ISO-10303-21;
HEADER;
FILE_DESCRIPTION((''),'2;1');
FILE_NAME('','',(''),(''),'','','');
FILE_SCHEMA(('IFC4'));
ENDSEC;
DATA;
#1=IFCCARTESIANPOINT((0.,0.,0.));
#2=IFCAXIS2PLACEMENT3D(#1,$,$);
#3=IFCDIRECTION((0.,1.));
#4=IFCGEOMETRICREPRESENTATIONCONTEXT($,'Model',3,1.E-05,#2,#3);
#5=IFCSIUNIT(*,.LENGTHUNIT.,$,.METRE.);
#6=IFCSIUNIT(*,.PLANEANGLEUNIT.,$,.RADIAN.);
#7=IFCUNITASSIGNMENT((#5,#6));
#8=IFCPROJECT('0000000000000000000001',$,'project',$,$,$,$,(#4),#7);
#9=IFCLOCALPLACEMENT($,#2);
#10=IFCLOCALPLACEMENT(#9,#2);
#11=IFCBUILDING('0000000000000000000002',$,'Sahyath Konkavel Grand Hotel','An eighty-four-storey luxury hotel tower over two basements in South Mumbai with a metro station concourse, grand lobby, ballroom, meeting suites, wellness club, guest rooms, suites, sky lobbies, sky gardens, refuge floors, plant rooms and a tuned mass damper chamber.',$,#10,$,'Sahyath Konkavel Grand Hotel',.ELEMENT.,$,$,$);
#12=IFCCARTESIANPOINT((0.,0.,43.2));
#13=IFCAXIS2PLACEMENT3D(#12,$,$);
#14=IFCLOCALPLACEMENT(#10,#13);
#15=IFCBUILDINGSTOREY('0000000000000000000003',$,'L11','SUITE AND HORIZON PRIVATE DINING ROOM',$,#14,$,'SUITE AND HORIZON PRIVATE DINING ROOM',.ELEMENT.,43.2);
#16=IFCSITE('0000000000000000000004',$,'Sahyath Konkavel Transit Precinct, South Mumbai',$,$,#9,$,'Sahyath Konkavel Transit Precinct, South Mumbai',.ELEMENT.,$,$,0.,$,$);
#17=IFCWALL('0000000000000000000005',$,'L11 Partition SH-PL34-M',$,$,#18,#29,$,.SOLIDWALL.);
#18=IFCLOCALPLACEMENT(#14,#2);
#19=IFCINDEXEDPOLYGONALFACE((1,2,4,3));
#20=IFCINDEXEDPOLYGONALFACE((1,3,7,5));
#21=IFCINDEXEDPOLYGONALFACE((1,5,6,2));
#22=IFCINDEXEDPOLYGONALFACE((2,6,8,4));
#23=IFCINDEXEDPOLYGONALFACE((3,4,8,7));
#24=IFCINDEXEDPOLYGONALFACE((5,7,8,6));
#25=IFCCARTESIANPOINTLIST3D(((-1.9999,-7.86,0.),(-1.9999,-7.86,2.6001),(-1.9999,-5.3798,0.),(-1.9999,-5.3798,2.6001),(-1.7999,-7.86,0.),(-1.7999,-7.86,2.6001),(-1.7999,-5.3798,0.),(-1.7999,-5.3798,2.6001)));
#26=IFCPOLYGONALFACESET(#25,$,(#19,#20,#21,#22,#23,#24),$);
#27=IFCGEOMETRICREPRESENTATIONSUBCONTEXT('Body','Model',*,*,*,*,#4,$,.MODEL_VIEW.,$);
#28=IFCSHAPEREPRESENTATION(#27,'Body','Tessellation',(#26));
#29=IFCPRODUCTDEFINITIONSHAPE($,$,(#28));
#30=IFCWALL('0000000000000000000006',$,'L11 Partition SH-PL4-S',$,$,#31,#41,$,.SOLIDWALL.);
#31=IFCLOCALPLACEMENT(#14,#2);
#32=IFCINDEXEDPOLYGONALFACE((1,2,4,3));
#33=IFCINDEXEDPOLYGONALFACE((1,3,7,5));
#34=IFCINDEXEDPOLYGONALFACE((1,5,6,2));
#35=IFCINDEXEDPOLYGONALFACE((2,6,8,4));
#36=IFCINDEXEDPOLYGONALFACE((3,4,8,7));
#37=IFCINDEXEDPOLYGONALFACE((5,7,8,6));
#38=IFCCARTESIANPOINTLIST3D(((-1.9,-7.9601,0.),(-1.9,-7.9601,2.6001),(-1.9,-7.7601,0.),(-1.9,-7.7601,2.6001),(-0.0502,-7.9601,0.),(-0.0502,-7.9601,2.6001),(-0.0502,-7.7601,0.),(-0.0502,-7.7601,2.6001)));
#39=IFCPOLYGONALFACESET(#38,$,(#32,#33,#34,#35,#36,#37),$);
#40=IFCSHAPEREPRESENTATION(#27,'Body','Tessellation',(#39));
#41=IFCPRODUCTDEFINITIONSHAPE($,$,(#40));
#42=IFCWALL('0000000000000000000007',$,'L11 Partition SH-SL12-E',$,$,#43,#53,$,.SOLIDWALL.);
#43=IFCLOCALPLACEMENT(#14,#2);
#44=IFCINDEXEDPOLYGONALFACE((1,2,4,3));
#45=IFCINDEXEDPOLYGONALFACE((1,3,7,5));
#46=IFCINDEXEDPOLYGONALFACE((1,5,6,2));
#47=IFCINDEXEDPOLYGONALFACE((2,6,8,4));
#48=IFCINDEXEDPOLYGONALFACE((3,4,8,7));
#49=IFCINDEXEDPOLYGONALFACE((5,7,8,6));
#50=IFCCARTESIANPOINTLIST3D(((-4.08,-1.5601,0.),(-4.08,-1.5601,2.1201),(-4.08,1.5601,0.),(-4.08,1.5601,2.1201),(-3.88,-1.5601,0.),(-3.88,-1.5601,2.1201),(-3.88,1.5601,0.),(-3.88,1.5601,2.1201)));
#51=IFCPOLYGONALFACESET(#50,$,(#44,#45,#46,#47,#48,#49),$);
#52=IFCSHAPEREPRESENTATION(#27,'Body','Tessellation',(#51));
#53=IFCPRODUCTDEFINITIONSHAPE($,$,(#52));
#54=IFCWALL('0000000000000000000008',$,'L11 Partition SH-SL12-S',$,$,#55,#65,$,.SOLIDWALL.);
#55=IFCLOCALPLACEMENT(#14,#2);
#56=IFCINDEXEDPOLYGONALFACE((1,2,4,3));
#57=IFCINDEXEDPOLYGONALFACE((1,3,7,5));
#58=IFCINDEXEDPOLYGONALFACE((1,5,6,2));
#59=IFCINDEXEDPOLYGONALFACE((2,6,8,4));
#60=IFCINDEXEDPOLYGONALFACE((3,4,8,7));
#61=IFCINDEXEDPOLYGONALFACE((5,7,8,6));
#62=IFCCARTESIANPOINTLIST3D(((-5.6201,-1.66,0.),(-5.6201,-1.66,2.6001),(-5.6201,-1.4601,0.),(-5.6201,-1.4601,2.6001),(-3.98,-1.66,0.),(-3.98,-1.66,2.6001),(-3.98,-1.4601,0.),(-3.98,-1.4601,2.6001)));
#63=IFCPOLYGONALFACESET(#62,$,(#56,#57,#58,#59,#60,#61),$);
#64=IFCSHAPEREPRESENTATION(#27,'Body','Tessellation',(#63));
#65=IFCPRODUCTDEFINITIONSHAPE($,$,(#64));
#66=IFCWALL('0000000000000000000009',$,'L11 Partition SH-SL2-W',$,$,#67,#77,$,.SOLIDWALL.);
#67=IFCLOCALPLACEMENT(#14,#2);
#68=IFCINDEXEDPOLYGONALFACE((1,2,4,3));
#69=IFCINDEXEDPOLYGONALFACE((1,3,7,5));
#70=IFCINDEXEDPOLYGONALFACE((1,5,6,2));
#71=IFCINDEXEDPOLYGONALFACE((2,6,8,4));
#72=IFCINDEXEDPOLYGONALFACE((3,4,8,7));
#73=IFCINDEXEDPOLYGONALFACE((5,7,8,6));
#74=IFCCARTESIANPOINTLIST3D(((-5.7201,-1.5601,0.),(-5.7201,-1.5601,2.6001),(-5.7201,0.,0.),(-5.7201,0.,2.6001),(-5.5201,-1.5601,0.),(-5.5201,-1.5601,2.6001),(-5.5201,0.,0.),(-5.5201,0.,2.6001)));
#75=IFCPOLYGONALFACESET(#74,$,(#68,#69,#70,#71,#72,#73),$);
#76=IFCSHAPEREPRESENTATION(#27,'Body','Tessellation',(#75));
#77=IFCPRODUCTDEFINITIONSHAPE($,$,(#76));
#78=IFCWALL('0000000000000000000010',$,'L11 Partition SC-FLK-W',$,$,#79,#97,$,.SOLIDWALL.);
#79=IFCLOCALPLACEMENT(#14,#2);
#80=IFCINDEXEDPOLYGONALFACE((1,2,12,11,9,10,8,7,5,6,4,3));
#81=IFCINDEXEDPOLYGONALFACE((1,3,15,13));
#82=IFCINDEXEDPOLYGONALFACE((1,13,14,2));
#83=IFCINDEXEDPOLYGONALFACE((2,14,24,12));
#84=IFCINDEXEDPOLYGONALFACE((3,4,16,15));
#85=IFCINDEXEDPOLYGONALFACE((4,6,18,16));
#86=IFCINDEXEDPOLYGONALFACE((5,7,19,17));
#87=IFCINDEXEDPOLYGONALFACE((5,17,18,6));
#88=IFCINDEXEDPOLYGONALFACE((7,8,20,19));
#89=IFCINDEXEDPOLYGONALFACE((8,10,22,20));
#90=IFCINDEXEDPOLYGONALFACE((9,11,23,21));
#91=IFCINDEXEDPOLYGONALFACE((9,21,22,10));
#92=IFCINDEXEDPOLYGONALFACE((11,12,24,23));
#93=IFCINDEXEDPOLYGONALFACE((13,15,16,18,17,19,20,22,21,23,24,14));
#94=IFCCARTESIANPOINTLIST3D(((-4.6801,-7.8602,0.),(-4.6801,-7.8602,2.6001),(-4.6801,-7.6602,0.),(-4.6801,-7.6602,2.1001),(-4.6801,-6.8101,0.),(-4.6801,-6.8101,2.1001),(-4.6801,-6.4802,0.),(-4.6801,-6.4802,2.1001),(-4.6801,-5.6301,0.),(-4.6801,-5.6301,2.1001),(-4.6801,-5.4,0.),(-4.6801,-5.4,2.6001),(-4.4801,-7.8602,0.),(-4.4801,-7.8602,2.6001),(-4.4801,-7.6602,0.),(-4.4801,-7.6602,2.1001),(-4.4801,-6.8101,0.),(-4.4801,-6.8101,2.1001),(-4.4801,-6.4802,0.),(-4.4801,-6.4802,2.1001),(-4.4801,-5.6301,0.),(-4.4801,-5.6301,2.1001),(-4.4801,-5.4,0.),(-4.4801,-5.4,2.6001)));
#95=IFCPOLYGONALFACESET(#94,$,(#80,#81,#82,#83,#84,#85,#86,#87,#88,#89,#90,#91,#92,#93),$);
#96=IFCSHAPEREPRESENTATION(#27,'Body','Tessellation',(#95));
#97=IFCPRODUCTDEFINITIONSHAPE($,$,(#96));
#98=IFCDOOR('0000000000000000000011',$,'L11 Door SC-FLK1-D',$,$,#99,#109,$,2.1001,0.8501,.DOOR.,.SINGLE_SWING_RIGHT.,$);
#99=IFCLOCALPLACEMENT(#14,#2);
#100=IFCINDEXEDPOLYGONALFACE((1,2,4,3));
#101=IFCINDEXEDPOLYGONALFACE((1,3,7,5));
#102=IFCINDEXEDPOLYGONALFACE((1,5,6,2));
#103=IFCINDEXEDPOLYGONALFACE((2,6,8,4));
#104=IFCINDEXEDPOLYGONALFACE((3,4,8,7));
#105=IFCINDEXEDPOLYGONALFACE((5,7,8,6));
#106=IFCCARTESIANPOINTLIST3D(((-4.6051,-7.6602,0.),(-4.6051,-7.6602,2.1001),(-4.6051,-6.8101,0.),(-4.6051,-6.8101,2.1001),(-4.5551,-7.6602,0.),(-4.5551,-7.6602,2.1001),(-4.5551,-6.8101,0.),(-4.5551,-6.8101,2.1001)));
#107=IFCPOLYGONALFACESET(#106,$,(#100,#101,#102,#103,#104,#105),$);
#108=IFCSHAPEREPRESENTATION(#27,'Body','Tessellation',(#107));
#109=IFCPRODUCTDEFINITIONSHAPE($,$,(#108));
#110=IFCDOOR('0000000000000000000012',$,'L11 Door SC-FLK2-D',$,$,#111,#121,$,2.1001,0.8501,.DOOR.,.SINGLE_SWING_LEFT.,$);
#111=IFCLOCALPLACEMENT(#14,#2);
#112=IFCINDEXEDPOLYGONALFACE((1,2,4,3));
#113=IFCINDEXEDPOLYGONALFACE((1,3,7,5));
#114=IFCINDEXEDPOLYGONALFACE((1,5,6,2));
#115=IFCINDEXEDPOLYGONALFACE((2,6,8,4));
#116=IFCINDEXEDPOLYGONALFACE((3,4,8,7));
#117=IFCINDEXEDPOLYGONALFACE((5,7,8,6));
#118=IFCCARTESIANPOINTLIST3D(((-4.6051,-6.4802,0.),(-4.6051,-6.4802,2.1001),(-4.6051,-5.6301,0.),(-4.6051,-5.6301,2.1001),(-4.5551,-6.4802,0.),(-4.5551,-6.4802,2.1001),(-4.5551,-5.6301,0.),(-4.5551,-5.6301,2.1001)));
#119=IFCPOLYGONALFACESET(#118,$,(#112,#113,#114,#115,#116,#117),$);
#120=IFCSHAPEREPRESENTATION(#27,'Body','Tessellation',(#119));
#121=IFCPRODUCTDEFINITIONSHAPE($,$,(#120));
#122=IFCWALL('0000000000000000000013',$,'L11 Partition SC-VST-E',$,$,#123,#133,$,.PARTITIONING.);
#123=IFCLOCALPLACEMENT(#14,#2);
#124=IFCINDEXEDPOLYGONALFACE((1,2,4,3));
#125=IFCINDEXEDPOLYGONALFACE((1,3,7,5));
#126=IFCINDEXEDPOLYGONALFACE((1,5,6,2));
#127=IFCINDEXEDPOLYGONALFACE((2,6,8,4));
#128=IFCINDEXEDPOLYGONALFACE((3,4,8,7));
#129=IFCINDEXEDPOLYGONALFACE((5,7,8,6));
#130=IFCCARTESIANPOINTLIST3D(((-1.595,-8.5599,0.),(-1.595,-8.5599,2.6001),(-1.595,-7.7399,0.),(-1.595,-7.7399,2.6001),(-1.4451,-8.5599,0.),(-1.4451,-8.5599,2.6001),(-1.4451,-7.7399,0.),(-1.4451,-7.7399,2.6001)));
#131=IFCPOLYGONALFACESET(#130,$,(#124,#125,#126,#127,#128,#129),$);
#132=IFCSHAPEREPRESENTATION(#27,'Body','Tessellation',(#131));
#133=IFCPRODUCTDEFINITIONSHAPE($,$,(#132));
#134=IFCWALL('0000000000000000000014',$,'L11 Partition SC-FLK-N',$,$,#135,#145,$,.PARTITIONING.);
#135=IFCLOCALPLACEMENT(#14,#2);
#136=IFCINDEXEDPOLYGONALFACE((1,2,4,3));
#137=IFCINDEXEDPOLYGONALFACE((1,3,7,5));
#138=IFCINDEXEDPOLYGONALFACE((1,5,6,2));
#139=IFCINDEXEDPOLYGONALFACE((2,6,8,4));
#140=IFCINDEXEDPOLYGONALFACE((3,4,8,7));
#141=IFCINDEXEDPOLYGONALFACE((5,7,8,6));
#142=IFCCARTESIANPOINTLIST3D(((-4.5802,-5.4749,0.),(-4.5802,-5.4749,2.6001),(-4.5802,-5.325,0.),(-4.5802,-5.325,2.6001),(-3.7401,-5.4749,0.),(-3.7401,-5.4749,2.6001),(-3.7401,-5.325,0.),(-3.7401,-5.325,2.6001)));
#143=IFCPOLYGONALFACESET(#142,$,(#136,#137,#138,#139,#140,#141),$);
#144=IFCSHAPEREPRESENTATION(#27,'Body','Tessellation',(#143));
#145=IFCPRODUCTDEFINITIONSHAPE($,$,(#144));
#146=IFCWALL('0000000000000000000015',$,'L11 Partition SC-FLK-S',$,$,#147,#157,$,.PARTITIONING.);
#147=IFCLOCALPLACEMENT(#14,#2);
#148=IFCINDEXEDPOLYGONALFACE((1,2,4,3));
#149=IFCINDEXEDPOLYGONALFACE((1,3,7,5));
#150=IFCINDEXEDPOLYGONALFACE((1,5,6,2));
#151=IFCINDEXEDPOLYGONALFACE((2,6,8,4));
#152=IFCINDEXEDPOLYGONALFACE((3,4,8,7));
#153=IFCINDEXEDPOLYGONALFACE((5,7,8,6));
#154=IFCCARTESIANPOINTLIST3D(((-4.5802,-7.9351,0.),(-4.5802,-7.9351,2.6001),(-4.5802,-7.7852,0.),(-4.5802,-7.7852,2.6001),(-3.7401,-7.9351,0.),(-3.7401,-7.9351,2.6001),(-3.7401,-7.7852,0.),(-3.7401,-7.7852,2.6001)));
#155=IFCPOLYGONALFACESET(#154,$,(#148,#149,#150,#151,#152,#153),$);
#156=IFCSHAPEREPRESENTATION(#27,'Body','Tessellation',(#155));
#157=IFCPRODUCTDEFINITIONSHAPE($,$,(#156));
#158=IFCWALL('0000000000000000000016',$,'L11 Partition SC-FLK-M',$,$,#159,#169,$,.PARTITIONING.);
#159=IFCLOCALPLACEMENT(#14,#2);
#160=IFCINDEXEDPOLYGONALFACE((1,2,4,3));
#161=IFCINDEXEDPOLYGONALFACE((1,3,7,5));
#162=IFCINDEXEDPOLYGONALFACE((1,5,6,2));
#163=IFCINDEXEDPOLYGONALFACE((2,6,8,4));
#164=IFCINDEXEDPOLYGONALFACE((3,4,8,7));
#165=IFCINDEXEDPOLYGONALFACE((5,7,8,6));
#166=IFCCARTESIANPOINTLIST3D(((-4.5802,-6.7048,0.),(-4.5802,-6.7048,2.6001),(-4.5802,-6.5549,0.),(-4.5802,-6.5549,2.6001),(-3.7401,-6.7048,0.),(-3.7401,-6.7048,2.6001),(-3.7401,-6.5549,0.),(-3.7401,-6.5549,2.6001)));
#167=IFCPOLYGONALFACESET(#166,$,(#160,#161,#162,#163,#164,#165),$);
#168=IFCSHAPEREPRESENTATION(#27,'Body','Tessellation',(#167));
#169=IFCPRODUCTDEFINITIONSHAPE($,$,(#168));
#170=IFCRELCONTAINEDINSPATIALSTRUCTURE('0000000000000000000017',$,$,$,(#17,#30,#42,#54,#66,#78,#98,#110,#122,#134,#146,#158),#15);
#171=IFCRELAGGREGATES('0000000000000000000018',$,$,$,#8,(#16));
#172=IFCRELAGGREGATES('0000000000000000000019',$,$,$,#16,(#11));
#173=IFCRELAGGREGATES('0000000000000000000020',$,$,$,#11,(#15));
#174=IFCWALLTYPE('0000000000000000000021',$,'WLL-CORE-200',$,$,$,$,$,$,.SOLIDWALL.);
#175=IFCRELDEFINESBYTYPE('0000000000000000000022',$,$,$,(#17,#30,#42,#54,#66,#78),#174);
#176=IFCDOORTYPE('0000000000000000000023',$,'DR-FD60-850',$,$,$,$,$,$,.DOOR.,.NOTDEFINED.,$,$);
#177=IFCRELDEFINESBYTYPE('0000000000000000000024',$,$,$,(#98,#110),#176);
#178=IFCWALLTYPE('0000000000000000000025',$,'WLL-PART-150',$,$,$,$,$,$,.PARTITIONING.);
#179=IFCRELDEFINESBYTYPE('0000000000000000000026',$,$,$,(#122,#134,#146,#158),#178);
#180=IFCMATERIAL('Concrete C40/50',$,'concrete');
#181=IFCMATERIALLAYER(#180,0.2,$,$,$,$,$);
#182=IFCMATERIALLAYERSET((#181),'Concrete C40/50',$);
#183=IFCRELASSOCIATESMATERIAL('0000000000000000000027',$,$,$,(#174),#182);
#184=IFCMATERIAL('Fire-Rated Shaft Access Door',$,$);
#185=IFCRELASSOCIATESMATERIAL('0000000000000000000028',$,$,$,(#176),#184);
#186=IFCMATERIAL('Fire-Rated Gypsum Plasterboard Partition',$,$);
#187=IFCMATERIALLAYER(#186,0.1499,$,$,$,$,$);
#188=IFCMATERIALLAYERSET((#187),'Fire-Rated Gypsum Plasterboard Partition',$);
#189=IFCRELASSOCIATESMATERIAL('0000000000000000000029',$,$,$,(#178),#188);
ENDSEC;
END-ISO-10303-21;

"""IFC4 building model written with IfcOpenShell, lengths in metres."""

from ifc_helpers import new_model, si_unit, direction, frame, frame_2d, origin, origin_2d, place, context, subcontext, project, spatial, rectangle, extrude, source, transform, mapped, material, layer, layer_set, type_object, element, fill, save


model = new_model("IFC4")

# Units and contexts
model_context = context("Model", 3, precision=1e-05, world=origin(), true_north=direction((0.0, 1.0)))
body_context = subcontext(model_context, "Body", "Model", "MODEL_VIEW")
ifc_project = project(units=[si_unit("LENGTHUNIT", "METRE"), si_unit("PLANEANGLEUNIT", "RADIAN")], contexts=[model_context])

# Site, building, storey
site_placement = place(None, origin())
site = spatial("IfcSite", under=ifc_project, at=site_placement, Name="Sahyath Konkavel Transit Precinct, South Mumbai", LongName="Sahyath Konkavel Transit Precinct, South Mumbai", CompositionType="ELEMENT", RefElevation=0.0)
building_placement = place(site_placement, origin())
building = spatial("IfcBuilding", under=site, at=building_placement, Name="Sahyath Konkavel Grand Hotel", Description="An eighty-four-storey luxury hotel tower over two basements in South Mumbai with a metro station concourse, grand lobby, ballroom, meeting suites, wellness club, guest rooms, suites, sky lobbies, sky gardens, refuge floors, plant rooms and a tuned mass damper chamber.", LongName="Sahyath Konkavel Grand Hotel", CompositionType="ELEMENT")
storey_placement = place(building_placement, frame((0.0, 0.0, 43.2)))
storey = spatial("IfcBuildingStorey", under=building, at=storey_placement, Name="L11", Description="SUITE AND HORIZON PRIVATE DINING ROOM", LongName="SUITE AND HORIZON PRIVATE DINING ROOM", CompositionType="ELEMENT", Elevation=43.2)

# Shared definitions
ifc_material_1 = material(Name="Concrete C40/50", Category="concrete")
ifc_layer_1 = layer(ifc_material_1, 0.2)
ifc_layer_set_1 = layer_set([ifc_layer_1], Name="Concrete C40/50")
wall_type_1 = type_object("IfcWallType", Name="WLL-CORE-200", PredefinedType="SOLIDWALL", material=ifc_layer_set_1)

# Walls
wall_1_placement = place(storey_placement, frame((-1.8999, -7.8601, 0.0), z_axis=(0.0, 0.0, 1.0), x_axis=(0.0, 1.0, 0.0)))
element("IfcWall", 1, at=wall_1_placement, inside=storey, type_object=wall_type_1, Name="L11 Partition SH-PL34-M", PredefinedType="SOLIDWALL", context=body_context, shape_type="SweptSolid", body=[
    extrude(rectangle(XDim=2.4802, YDim=0.2, at=frame_2d((1.2402, 0.0))), origin(), (0.0, 0.0, 1.0), 2.6001),
])
wall_2_placement = place(storey_placement, frame((-1.8999, -7.8601, 0.0), z_axis=(0.0, 0.0, 1.0), x_axis=(1.0, 0.0, 0.0)))
element("IfcWall", 2, at=wall_2_placement, inside=storey, type_object=wall_type_1, Name="L11 Partition SH-PL4-S", PredefinedType="SOLIDWALL", context=body_context, shape_type="SweptSolid", body=[
    extrude(rectangle(XDim=1.8499, YDim=0.2, at=frame_2d((0.9248, 0.0))), origin(), (0.0, 0.0, 1.0), 2.6001),
])
wall_3_placement = place(storey_placement, frame((-3.98, -1.5601, 0.0), z_axis=(0.0, 0.0, 1.0), x_axis=(0.0, 1.0, 0.0)))
element("IfcWall", 3, at=wall_3_placement, inside=storey, type_object=wall_type_1, Name="L11 Partition SH-SL12-E", PredefinedType="SOLIDWALL", context=body_context, shape_type="SweptSolid", body=[
    extrude(rectangle(XDim=3.1201, YDim=0.2, at=frame_2d((1.5601, 0.0))), origin(), (0.0, 0.0, 1.0), 2.1201),
])
wall_4_placement = place(storey_placement, frame((-5.6201, -1.5601, 0.0), z_axis=(0.0, 0.0, 1.0), x_axis=(1.0, 0.0, 0.0)))
element("IfcWall", 4, at=wall_4_placement, inside=storey, type_object=wall_type_1, Name="L11 Partition SH-SL12-S", PredefinedType="SOLIDWALL", context=body_context, shape_type="SweptSolid", body=[
    extrude(rectangle(XDim=1.6401, YDim=0.2, at=frame_2d((0.8201, 0.0))), origin(), (0.0, 0.0, 1.0), 2.6001),
])
wall_5_placement = place(storey_placement, frame((-5.6201, -1.5601, 0.0), z_axis=(0.0, 0.0, 1.0), x_axis=(0.0, 1.0, 0.0)))
element("IfcWall", 5, at=wall_5_placement, inside=storey, type_object=wall_type_1, Name="L11 Partition SH-SL2-W", PredefinedType="SOLIDWALL", context=body_context, shape_type="SweptSolid", body=[
    extrude(rectangle(XDim=1.5601, YDim=0.2, at=frame_2d((0.78, 0.0))), origin(), (0.0, 0.0, 1.0), 2.6001),
])

# Wall, openings, doors
wall_6_placement = place(storey_placement, frame((-4.5801, -7.8601, 0.0), z_axis=(0.0, 0.0, 1.0), x_axis=(0.0, 1.0, 0.0)))
wall_6 = element("IfcWall", 6, at=wall_6_placement, inside=storey, type_object=wall_type_1, Name="L11 Partition SC-FLK-W", PredefinedType="SOLIDWALL", context=body_context, shape_type="SweptSolid", body=[
    extrude(rectangle(XDim=2.4602, YDim=0.2, at=frame_2d((1.23, 0.0))), origin(), (0.0, 0.0, 1.0), 2.6001),
])
opening_1_placement = place(wall_6_placement, frame((0.2, 0.0, 0.0)))
opening_1 = element("IfcOpeningElement", 7, at=opening_1_placement, cuts=wall_6, PredefinedType="OPENING", context=body_context, shape_type="SweptSolid", body=[
    extrude(rectangle(XDim=0.8501, YDim=2.1001, at=frame_2d((0.425, 1.05))), frame((0.0, 0.1099, 0.0), z_axis=(0.0, -1.0, 0.0), x_axis=(1.0, 0.0, 0.0)), (0.0, 0.0, 1.0), 0.22),
])
opening_2_placement = place(wall_6_placement, frame((1.3799, 0.0, 0.0)))
opening_2 = element("IfcOpeningElement", 8, at=opening_2_placement, cuts=wall_6, PredefinedType="OPENING", context=body_context, shape_type="SweptSolid", body=[
    extrude(rectangle(XDim=0.8501, YDim=2.1001, at=frame_2d((0.425, 1.05))), frame((0.0, 0.1099, 0.0), z_axis=(0.0, -1.0, 0.0), x_axis=(1.0, 0.0, 0.0)), (0.0, 0.0, 1.0), 0.22),
])
ifc_material_2 = material(Name="Fire-Rated Shaft Access Door")
door_type_1 = type_object("IfcDoorType", Name="DR-FD60-850", OperationType="NOTDEFINED", PredefinedType="DOOR", material=ifc_material_2)
shared_shape_1 = source(origin(), body_context, "Body", "SweptSolid", [
    extrude(rectangle(XDim=0.8501, YDim=0.05, at=origin_2d()), origin(), (0.0, 0.0, 1.0), 2.1001),
])
door_1_placement = place(opening_1_placement, frame((0.425, 0.0, 0.0)))
door_1 = element("IfcDoor", 9, at=door_1_placement, inside=storey, type_object=door_type_1, Name="L11 Door SC-FLK1-D", OperationType="SINGLE_SWING_RIGHT", OverallHeight=2.1001, OverallWidth=0.8501, PredefinedType="DOOR", context=body_context, shape_type="MappedRepresentation", body=[
    mapped(shared_shape_1, transform((0.0, 0.0, 0.0), scale=1.0)),
])
fill(opening_1, door_1)
door_2_placement = place(opening_2_placement, frame((0.425, 0.0, 0.0)))
door_2 = element("IfcDoor", 10, at=door_2_placement, inside=storey, type_object=door_type_1, Name="L11 Door SC-FLK2-D", OperationType="SINGLE_SWING_LEFT", OverallHeight=2.1001, OverallWidth=0.8501, PredefinedType="DOOR", context=body_context, shape_type="MappedRepresentation", body=[
    mapped(shared_shape_1, transform((0.0, 0.0, 0.0), scale=1.0)),
])
fill(opening_2, door_2)

# Walls
ifc_material_3 = material(Name="Fire-Rated Gypsum Plasterboard Partition")
ifc_layer_2 = layer(ifc_material_3, 0.1499)
ifc_layer_set_2 = layer_set([ifc_layer_2], Name="Fire-Rated Gypsum Plasterboard Partition")
wall_type_2 = type_object("IfcWallType", Name="WLL-PART-150", PredefinedType="PARTITIONING", material=ifc_layer_set_2)
wall_7_placement = place(storey_placement, frame((-1.52, -8.5601, 0.0), z_axis=(0.0, 0.0, 1.0), x_axis=(0.0, 1.0, 0.0)))
element("IfcWall", 11, at=wall_7_placement, inside=storey, type_object=wall_type_2, Name="L11 Partition SC-VST-E", PredefinedType="PARTITIONING", context=body_context, shape_type="SweptSolid", body=[
    extrude(rectangle(XDim=0.8201, YDim=0.1499, at=frame_2d((0.4102, 0.0))), origin(), (0.0, 0.0, 1.0), 2.6001),
])
for number, where, z_axis, x_axis, name in (
    (12, (-4.5801, -5.3999, 0.0), (0.0, 0.0, 1.0), (1.0, 0.0, 0.0), "L11 Partition SC-FLK-N"),
    (13, (-4.5801, -7.8601, 0.0), (0.0, 0.0, 1.0), (1.0, 0.0, 0.0), "L11 Partition SC-FLK-S"),
    (14, (-4.5801, -6.6299, 0.0), (0.0, 0.0, 1.0), (1.0, 0.0, 0.0), "L11 Partition SC-FLK-M"),
):
    element("IfcWall", number, at=place(storey_placement, frame(where, z_axis=z_axis, x_axis=x_axis)), inside=storey, type_object=wall_type_2, Name=name, PredefinedType="PARTITIONING", context=body_context, shape_type="SweptSolid", body=[
        extrude(rectangle(XDim=0.8401, YDim=0.1499, at=frame_2d((0.4199, 0.0))), origin(), (0.0, 0.0, 1.0), 2.6001),
    ])

save(model, "model.ifc")
